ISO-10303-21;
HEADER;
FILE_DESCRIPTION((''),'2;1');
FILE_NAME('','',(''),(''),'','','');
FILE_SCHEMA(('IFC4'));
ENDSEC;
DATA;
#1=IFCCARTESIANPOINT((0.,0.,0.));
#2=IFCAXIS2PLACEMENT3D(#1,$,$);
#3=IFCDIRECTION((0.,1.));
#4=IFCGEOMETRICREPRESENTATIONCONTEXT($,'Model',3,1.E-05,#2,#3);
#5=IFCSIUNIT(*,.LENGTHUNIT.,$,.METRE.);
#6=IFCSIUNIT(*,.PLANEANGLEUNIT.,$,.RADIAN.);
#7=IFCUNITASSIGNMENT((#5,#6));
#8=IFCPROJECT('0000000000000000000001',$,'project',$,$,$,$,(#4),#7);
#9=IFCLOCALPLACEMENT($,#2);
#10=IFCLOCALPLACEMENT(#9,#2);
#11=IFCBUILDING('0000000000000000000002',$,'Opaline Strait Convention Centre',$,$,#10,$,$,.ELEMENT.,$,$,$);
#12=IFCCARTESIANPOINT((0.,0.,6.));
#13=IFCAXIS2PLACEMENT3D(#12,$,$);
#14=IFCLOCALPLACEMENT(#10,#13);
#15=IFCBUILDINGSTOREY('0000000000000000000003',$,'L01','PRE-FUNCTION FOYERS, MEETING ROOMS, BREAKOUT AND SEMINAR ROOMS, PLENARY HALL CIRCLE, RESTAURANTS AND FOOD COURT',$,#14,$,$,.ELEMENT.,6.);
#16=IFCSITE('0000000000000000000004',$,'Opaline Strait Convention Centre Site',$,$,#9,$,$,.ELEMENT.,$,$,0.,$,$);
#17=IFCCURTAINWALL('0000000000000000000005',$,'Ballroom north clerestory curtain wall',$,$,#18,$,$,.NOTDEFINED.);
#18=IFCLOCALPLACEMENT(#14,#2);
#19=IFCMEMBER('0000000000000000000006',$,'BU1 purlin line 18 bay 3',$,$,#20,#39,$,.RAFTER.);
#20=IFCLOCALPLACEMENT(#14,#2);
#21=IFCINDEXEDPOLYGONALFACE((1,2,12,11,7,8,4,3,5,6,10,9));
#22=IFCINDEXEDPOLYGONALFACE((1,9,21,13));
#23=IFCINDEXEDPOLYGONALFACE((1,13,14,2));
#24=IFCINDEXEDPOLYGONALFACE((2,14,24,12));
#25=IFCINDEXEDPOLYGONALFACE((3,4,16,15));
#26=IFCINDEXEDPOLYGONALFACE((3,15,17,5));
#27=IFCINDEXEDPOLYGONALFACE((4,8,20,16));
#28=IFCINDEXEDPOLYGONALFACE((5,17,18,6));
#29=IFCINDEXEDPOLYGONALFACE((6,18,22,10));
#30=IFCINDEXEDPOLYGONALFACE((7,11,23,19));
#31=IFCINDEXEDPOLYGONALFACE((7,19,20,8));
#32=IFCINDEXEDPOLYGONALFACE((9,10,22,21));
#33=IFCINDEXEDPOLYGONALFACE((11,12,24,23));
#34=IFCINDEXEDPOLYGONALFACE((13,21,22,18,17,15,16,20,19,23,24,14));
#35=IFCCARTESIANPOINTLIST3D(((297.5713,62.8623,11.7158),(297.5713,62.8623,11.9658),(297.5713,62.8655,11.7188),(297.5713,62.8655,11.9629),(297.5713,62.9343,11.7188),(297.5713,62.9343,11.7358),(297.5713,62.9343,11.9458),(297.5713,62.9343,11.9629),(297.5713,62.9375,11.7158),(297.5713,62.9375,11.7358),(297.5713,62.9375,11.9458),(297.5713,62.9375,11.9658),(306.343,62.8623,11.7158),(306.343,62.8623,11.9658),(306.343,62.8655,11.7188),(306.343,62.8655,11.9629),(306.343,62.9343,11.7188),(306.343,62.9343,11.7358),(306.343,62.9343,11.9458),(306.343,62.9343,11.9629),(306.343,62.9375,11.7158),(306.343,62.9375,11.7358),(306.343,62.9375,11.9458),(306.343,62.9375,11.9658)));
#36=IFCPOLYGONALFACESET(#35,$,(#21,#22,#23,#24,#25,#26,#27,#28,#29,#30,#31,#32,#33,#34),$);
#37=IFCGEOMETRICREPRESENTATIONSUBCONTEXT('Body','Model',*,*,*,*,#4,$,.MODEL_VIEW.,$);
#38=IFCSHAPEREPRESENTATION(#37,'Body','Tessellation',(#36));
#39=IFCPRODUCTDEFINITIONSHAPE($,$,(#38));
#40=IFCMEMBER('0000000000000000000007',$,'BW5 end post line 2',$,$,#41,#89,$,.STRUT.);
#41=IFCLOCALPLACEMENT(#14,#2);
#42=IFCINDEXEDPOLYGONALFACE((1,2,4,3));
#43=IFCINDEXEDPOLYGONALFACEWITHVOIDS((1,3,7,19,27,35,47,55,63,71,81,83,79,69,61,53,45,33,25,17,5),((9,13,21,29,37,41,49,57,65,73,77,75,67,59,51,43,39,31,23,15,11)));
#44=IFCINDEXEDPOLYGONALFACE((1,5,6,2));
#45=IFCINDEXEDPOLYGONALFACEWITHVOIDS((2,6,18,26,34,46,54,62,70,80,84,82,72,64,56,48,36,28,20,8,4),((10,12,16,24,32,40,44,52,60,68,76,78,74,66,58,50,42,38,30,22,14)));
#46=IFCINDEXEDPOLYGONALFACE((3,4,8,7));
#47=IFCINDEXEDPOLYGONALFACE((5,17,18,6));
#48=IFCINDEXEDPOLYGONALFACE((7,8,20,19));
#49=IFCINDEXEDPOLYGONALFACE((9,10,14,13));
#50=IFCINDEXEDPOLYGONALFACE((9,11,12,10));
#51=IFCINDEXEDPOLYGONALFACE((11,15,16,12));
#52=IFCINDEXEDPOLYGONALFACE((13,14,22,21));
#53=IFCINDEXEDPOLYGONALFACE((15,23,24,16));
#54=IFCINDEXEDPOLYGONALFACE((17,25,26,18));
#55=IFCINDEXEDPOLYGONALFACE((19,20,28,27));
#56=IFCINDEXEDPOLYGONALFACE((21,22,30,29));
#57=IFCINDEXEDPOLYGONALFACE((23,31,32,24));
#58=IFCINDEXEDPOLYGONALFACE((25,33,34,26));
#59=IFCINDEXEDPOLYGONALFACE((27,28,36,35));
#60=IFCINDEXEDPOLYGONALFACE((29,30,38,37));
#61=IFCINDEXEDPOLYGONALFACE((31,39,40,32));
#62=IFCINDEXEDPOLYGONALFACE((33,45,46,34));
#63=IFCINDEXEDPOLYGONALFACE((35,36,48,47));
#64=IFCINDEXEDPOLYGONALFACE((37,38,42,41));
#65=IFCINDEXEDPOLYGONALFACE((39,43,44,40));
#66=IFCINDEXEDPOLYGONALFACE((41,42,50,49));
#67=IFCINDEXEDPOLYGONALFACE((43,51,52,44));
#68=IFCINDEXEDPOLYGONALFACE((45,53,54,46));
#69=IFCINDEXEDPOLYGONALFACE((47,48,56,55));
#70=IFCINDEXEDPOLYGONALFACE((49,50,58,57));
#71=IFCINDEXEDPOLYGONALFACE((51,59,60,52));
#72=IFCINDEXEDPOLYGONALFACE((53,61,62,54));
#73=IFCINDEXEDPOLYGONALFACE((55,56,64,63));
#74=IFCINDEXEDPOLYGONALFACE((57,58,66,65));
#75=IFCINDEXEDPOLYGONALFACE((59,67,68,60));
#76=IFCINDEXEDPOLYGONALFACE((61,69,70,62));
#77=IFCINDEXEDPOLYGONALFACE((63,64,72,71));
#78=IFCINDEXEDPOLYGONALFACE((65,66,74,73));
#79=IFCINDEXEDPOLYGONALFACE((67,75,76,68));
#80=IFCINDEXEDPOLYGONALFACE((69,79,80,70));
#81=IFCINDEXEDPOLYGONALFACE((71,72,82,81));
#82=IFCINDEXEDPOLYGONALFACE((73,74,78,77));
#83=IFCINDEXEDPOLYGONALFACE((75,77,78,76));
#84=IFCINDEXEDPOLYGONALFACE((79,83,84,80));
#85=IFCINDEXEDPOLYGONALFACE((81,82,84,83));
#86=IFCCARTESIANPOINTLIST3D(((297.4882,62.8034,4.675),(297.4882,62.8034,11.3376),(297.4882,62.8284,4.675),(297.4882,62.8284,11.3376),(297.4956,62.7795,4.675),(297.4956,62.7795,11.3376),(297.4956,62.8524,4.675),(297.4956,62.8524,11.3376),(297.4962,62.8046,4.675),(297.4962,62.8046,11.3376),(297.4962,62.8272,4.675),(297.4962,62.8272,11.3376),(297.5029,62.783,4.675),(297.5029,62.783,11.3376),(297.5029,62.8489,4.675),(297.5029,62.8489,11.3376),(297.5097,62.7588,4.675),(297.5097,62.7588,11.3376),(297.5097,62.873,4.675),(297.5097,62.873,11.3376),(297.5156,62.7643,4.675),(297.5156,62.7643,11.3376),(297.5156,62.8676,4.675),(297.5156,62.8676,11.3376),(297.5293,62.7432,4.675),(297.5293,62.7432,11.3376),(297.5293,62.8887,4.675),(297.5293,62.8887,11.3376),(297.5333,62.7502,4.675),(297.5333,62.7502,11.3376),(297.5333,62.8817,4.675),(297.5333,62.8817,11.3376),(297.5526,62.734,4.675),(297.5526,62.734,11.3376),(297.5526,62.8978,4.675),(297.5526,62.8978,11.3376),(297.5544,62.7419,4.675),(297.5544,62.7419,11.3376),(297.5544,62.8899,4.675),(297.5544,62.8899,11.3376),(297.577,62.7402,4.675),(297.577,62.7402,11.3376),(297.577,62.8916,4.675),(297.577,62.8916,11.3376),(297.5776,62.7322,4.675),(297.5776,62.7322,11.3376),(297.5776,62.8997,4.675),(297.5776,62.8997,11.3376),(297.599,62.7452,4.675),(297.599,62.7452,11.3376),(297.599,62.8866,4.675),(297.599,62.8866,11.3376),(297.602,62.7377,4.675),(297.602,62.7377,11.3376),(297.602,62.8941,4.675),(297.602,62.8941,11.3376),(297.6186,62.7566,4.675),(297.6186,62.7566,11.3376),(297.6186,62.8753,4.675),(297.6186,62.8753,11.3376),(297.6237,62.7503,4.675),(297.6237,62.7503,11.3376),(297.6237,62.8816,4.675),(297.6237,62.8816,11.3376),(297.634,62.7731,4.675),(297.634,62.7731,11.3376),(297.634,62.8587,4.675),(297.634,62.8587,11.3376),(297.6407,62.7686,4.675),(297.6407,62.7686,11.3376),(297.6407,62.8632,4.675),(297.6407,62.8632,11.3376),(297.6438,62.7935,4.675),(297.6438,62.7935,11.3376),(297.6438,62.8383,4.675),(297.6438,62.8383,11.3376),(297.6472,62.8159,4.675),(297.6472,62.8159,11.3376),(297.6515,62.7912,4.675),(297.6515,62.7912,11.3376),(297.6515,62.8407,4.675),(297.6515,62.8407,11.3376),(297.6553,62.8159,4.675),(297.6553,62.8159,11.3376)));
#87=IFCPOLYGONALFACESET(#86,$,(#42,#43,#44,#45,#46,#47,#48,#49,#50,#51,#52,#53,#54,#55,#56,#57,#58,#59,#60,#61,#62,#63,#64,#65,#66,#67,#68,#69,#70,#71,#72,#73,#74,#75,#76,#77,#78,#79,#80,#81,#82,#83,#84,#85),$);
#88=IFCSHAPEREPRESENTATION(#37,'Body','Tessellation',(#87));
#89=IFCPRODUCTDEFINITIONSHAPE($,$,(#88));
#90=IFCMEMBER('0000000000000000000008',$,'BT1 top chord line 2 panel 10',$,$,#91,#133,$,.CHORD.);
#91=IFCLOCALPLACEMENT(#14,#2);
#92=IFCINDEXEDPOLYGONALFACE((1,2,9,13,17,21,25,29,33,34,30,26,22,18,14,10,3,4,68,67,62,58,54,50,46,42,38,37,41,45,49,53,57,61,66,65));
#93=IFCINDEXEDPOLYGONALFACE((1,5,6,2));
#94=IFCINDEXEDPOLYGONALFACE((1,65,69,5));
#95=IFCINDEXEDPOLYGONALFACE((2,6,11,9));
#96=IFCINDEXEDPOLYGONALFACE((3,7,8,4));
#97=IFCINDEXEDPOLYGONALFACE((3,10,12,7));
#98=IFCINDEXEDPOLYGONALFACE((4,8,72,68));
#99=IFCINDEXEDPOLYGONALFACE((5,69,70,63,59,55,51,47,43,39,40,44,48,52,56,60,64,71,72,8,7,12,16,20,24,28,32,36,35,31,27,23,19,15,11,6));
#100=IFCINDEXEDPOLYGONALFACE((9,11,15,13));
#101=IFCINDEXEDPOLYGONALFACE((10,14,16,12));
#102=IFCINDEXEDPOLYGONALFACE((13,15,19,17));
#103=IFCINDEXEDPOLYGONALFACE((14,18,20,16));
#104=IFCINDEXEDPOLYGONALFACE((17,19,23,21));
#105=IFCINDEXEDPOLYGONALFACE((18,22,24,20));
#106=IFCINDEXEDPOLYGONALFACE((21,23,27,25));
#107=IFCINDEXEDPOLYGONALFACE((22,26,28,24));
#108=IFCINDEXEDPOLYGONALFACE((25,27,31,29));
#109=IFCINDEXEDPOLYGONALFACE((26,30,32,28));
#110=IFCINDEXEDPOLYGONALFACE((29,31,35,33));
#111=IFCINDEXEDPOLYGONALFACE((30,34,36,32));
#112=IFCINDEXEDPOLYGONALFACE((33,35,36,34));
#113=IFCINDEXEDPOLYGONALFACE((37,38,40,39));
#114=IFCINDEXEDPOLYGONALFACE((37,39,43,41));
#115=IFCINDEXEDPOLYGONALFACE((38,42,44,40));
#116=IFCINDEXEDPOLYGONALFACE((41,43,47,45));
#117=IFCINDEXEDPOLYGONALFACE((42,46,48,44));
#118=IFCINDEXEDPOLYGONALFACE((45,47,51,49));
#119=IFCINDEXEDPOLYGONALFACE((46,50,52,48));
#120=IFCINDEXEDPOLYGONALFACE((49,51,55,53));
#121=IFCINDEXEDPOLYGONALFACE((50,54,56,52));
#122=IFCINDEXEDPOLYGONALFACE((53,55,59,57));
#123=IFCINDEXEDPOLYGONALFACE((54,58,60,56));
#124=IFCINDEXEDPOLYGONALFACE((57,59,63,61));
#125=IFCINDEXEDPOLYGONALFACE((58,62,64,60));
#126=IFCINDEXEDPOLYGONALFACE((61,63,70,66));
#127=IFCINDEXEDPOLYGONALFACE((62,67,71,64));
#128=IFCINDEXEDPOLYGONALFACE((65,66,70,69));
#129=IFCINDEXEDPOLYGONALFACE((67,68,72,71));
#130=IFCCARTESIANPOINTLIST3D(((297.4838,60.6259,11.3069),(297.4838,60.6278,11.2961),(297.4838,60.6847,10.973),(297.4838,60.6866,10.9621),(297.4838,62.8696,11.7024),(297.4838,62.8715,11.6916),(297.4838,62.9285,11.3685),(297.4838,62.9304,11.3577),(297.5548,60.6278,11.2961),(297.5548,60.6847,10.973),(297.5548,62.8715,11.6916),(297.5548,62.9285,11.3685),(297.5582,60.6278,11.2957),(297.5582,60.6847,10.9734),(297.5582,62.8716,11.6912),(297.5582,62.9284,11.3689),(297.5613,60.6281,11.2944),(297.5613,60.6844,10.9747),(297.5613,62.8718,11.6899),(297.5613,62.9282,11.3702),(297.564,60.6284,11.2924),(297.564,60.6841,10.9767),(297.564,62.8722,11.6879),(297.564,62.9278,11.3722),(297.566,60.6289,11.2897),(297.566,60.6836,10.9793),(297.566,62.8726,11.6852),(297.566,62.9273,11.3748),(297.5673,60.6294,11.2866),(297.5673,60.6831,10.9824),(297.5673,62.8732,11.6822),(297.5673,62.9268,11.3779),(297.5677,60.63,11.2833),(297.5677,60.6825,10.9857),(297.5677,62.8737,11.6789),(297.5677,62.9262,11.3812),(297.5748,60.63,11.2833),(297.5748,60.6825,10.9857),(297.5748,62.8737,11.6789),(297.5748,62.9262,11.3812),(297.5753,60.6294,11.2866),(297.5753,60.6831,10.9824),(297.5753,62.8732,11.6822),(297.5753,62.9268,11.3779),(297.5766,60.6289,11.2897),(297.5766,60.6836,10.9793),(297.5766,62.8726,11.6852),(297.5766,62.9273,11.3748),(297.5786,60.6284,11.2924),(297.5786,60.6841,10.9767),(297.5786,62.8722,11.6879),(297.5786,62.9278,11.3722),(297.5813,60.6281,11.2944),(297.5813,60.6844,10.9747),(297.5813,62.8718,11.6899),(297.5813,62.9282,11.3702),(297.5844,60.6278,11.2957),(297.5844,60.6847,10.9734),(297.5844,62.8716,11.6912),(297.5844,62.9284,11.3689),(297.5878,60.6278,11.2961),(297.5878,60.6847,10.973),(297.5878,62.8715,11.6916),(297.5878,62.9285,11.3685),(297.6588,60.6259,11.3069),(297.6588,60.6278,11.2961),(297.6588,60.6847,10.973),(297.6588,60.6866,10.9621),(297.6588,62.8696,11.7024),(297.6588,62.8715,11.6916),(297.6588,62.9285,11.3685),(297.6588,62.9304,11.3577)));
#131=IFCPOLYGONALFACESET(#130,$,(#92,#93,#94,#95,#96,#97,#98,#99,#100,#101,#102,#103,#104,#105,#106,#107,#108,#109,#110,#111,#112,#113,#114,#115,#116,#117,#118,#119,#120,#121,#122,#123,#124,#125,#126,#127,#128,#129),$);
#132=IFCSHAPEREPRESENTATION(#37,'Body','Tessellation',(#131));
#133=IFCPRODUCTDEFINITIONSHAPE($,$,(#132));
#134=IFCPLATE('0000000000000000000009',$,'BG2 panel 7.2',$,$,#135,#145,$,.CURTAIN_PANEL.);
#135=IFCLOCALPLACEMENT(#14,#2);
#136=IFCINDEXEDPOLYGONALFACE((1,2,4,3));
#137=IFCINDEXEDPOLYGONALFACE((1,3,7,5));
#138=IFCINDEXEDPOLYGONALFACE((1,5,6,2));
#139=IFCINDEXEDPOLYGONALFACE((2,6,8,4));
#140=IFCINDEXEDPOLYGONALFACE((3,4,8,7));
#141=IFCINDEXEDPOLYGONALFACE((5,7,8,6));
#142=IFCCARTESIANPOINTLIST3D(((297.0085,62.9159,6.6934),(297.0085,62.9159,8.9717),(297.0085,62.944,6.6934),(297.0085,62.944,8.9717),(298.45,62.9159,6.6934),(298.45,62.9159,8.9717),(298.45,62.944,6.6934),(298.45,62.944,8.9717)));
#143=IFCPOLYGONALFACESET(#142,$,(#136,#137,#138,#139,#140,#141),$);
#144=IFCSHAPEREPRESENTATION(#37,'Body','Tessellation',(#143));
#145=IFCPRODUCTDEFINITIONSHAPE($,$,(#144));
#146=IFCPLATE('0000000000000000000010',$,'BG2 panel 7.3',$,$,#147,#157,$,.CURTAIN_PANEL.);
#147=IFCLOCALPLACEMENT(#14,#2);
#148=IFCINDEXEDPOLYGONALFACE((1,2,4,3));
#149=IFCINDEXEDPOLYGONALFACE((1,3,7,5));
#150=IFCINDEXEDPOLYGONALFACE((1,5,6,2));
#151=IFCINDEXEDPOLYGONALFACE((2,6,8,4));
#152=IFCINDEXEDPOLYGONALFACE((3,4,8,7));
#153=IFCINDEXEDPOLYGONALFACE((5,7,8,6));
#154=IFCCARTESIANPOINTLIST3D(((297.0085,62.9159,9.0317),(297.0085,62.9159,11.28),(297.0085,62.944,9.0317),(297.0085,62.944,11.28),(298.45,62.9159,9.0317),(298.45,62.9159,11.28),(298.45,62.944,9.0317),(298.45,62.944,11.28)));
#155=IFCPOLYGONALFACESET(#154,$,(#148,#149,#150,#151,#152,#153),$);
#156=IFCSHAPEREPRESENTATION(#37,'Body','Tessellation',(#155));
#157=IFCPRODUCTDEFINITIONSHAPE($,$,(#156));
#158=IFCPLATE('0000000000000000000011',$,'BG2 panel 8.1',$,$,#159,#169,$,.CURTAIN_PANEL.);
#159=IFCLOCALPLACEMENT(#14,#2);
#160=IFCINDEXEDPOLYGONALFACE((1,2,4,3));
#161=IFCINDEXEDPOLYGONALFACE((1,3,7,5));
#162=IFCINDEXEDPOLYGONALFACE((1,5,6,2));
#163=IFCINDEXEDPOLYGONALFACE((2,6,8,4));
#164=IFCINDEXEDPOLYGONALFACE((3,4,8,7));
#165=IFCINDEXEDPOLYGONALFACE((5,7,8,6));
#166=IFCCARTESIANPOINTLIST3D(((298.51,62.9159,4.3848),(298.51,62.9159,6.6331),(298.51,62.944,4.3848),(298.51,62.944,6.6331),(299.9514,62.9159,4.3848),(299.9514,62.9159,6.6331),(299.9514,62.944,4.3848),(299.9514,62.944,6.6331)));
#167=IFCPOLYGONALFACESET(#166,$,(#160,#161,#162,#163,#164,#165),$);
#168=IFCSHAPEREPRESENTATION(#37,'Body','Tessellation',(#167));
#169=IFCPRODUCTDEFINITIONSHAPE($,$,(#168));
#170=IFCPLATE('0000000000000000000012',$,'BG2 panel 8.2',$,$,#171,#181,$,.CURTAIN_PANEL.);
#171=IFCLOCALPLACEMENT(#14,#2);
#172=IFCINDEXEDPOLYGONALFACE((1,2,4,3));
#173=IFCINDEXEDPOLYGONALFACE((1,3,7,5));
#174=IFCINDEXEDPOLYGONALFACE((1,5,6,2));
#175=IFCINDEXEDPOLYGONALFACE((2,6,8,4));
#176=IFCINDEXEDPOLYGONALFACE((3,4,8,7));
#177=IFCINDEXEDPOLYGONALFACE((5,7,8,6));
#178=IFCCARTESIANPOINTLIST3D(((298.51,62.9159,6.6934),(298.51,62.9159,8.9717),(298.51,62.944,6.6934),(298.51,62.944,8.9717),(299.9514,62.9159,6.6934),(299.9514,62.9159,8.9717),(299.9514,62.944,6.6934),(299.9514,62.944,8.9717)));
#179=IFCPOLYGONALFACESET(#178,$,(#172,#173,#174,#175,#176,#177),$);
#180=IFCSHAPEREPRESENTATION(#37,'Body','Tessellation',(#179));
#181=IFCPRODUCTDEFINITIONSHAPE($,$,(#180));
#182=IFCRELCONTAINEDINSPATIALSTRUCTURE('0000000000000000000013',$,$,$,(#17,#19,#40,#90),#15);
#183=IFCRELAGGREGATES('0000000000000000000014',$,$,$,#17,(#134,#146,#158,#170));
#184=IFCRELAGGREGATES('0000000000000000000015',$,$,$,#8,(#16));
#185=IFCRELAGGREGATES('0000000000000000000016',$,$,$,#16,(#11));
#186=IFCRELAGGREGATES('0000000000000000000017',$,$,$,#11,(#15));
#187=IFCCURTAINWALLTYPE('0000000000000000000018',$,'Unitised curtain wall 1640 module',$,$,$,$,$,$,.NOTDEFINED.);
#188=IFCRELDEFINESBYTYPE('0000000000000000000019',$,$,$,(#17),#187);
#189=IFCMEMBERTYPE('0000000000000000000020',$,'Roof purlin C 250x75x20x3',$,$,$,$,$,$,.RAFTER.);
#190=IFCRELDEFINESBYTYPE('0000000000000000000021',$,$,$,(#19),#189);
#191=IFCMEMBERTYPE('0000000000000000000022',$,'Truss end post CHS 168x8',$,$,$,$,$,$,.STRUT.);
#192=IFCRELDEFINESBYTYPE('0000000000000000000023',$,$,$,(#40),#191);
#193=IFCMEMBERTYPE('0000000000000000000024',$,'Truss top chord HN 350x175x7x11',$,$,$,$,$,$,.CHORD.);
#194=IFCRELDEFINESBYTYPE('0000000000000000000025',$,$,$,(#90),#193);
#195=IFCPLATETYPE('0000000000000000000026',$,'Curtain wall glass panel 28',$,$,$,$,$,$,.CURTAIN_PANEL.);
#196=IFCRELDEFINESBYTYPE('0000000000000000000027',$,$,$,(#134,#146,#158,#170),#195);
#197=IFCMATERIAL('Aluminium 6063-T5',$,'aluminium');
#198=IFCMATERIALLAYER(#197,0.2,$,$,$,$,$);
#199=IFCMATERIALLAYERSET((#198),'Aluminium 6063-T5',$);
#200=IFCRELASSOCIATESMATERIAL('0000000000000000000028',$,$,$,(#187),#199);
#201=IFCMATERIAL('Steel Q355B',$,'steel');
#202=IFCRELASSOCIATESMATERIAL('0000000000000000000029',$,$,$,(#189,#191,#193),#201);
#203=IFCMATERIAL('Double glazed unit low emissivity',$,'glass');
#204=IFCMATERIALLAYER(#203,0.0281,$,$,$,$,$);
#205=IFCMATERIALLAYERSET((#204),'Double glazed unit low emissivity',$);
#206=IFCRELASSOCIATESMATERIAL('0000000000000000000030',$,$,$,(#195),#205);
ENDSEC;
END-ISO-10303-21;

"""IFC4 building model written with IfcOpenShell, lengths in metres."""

from ifc_helpers import new_model, si_unit, direction, frame, origin, origin_2d, place, context, subcontext, project, spatial, polyline, rectangle, hollow_circle, i_section, outline, extrude, material, layer, layer_set, material_profile, profile_set, type_object, element, aggregate, save


model = new_model("IFC4")

# Units and contexts
model_context = context("Model", 3, precision=1e-05, world=origin(), true_north=direction((0.0, 1.0)))
body_context = subcontext(model_context, "Body", "Model", "MODEL_VIEW")
ifc_project = project(units=[si_unit("LENGTHUNIT", "METRE"), si_unit("PLANEANGLEUNIT", "RADIAN")], contexts=[model_context])

# Site, building, storey
site_placement = place(None, origin())
site = spatial("IfcSite", under=ifc_project, at=site_placement, Name="Opaline Strait Convention Centre Site", CompositionType="ELEMENT", RefElevation=0.0)
building_placement = place(site_placement, origin())
building = spatial("IfcBuilding", under=site, at=building_placement, Name="Opaline Strait Convention Centre", CompositionType="ELEMENT")
storey_placement = place(building_placement, frame((0.0, 0.0, 6.0)))
storey = spatial("IfcBuildingStorey", under=building, at=storey_placement, Name="L01", Description="PRE-FUNCTION FOYERS, MEETING ROOMS, BREAKOUT AND SEMINAR ROOMS, PLENARY HALL CIRCLE, RESTAURANTS AND FOOD COURT", CompositionType="ELEMENT", Elevation=6.0)

# Curtain wall
ifc_material_1 = material(Name="Aluminium 6063-T5", Category="aluminium")
ifc_layer_1 = layer(ifc_material_1, 0.2)
ifc_layer_set_1 = layer_set([ifc_layer_1], Name="Aluminium 6063-T5")
curtain_wall_type = type_object("IfcCurtainWallType", Name="Unitised curtain wall 1640 module", PredefinedType="NOTDEFINED", material=ifc_layer_set_1)
curtain_wall_placement = place(storey_placement, origin())
curtain_wall = element("IfcCurtainWall", 1, at=curtain_wall_placement, inside=storey, type_object=curtain_wall_type, Name="Ballroom north clerestory curtain wall", PredefinedType="NOTDEFINED")

# Members
ifc_material_2 = material(Name="Steel Q355B", Category="steel")
ifc_material_profile_1 = material_profile(ifc_material_2, outline(polyline([(-0.0376, -0.125), (0.0376, -0.125), (0.0376, -0.105), (0.0344, -0.105), (0.0344, -0.1221), (-0.0344, -0.1221), (-0.0344, 0.1221), (0.0344, 0.1221), (0.0344, 0.105), (0.0376, 0.105), (0.0376, 0.125), (-0.0376, 0.125), (-0.0376, -0.125)])), Name="C 250x75x20x3")
ifc_profile_set_1 = profile_set([ifc_material_profile_1], Name="Steel Q355B")
member_type_1 = type_object("IfcMemberType", Name="Roof purlin C 250x75x20x3", PredefinedType="RAFTER", material=ifc_profile_set_1)
for number, where, z_axis, x_axis, name in (
    (2, (297.5713, 62.8999, 11.8408), (1.0, 0.0, 0.0), (0.0, 1.0, 0.0), "BU1 purlin line 18 bay 3"),
):
    element("IfcMember", number, at=place(storey_placement, frame(where, z_axis=z_axis, x_axis=x_axis)), inside=storey, type_object=member_type_1, Name=name, PredefinedType="RAFTER", context=body_context, shape_type="SweptSolid", body=[
        extrude(outline(polyline([(-0.0376, -0.125), (0.0376, -0.125), (0.0376, -0.105), (0.0344, -0.105), (0.0344, -0.1221), (-0.0344, -0.1221), (-0.0344, 0.1221), (0.0344, 0.1221), (0.0344, 0.105), (0.0376, 0.105), (0.0376, 0.125), (-0.0376, 0.125), (-0.0376, -0.125)])), origin(), (0.0, 0.0, 1.0), 8.7717),
    ])
ifc_material_profile_2 = material_profile(ifc_material_2, hollow_circle(Radius=0.084, WallThickness=0.0081, at=origin_2d()), Name="CHS 168x8")
ifc_profile_set_2 = profile_set([ifc_material_profile_2], Name="Steel Q355B")
member_type_2 = type_object("IfcMemberType", Name="Truss end post CHS 168x8", PredefinedType="STRUT", material=ifc_profile_set_2)
member_1_placement = place(storey_placement, frame((297.5713, 62.8159, 4.675), z_axis=(0.0, 0.0, 1.0), x_axis=(1.0, 0.0, 0.0)))
element("IfcMember", 3, at=member_1_placement, inside=storey, type_object=member_type_2, Name="BW5 end post line 2", PredefinedType="STRUT", context=body_context, shape_type="SweptSolid", body=[
    extrude(hollow_circle(Radius=0.084, WallThickness=0.0081, at=origin_2d()), origin(), (0.0, 0.0, 1.0), 6.6626),
])
ifc_material_profile_3 = material_profile(ifc_material_2, i_section(OverallWidth=0.175, OverallDepth=0.3501, WebThickness=0.0071, FlangeThickness=0.011, FilletRadius=0.0129, at=origin_2d()), Name="HN 350x175x7x11")
ifc_profile_set_3 = profile_set([ifc_material_profile_3], Name="Steel Q355B")
member_type_3 = type_object("IfcMemberType", Name="Truss top chord HN 350x175x7x11", PredefinedType="CHORD", material=ifc_profile_set_3)
member_2_placement = place(storey_placement, frame((297.5713, 60.6562, 11.1345), z_axis=(0.0, 0.984816, 0.173602), x_axis=(-1.0, 0.0, 0.0)))
element("IfcMember", 4, at=member_2_placement, inside=storey, type_object=member_type_3, Name="BT1 top chord line 2 panel 10", PredefinedType="CHORD", context=body_context, shape_type="SweptSolid", body=[
    extrude(i_section(OverallWidth=0.175, OverallDepth=0.3501, WebThickness=0.0071, FlangeThickness=0.011, FilletRadius=0.0129, at=origin_2d()), origin(), (0.0, 0.0, 1.0), 2.2783),
])

# Plates
ifc_material_3 = material(Name="Double glazed unit low emissivity", Category="glass")
ifc_layer_2 = layer(ifc_material_3, 0.0281)
ifc_layer_set_2 = layer_set([ifc_layer_2], Name="Double glazed unit low emissivity")
plate_type = type_object("IfcPlateType", Name="Curtain wall glass panel 28", PredefinedType="CURTAIN_PANEL", material=ifc_layer_set_2)
plate_1_placement = place(storey_placement, frame((297.7292, 62.9299, 6.6934), z_axis=(0.0, 0.0, 1.0), x_axis=(1.0, 0.0, 0.0)))
plate_1 = element("IfcPlate", 5, at=plate_1_placement, type_object=plate_type, Name="BG2 panel 7.2", PredefinedType="CURTAIN_PANEL", context=body_context, shape_type="SweptSolid", body=[
    extrude(rectangle(XDim=1.4414, YDim=0.0281, at=origin_2d()), origin(), (0.0, 0.0, 1.0), 2.2783),
])
plate_2_placement = place(storey_placement, frame((297.7292, 62.9299, 9.0317), z_axis=(0.0, 0.0, 1.0), x_axis=(1.0, 0.0, 0.0)))
plate_2 = element("IfcPlate", 6, at=plate_2_placement, type_object=plate_type, Name="BG2 panel 7.3", PredefinedType="CURTAIN_PANEL", context=body_context, shape_type="SweptSolid", body=[
    extrude(rectangle(XDim=1.4414, YDim=0.0281, at=origin_2d()), origin(), (0.0, 0.0, 1.0), 2.2483),
])
plate_3_placement = place(storey_placement, frame((299.2307, 62.9299, 4.3848), z_axis=(0.0, 0.0, 1.0), x_axis=(1.0, 0.0, 0.0)))
plate_3 = element("IfcPlate", 7, at=plate_3_placement, type_object=plate_type, Name="BG2 panel 8.1", PredefinedType="CURTAIN_PANEL", context=body_context, shape_type="SweptSolid", body=[
    extrude(rectangle(XDim=1.4414, YDim=0.0281, at=origin_2d()), origin(), (0.0, 0.0, 1.0), 2.2483),
])
plate_4_placement = place(storey_placement, frame((299.2307, 62.9299, 6.6934), z_axis=(0.0, 0.0, 1.0), x_axis=(1.0, 0.0, 0.0)))
plate_4 = element("IfcPlate", 8, at=plate_4_placement, type_object=plate_type, Name="BG2 panel 8.2", PredefinedType="CURTAIN_PANEL", context=body_context, shape_type="SweptSolid", body=[
    extrude(rectangle(XDim=1.4414, YDim=0.0281, at=origin_2d()), origin(), (0.0, 0.0, 1.0), 2.2783),
])
aggregate(curtain_wall, [plate_1, plate_2, plate_3, plate_4])

save(model, "model.ifc")
